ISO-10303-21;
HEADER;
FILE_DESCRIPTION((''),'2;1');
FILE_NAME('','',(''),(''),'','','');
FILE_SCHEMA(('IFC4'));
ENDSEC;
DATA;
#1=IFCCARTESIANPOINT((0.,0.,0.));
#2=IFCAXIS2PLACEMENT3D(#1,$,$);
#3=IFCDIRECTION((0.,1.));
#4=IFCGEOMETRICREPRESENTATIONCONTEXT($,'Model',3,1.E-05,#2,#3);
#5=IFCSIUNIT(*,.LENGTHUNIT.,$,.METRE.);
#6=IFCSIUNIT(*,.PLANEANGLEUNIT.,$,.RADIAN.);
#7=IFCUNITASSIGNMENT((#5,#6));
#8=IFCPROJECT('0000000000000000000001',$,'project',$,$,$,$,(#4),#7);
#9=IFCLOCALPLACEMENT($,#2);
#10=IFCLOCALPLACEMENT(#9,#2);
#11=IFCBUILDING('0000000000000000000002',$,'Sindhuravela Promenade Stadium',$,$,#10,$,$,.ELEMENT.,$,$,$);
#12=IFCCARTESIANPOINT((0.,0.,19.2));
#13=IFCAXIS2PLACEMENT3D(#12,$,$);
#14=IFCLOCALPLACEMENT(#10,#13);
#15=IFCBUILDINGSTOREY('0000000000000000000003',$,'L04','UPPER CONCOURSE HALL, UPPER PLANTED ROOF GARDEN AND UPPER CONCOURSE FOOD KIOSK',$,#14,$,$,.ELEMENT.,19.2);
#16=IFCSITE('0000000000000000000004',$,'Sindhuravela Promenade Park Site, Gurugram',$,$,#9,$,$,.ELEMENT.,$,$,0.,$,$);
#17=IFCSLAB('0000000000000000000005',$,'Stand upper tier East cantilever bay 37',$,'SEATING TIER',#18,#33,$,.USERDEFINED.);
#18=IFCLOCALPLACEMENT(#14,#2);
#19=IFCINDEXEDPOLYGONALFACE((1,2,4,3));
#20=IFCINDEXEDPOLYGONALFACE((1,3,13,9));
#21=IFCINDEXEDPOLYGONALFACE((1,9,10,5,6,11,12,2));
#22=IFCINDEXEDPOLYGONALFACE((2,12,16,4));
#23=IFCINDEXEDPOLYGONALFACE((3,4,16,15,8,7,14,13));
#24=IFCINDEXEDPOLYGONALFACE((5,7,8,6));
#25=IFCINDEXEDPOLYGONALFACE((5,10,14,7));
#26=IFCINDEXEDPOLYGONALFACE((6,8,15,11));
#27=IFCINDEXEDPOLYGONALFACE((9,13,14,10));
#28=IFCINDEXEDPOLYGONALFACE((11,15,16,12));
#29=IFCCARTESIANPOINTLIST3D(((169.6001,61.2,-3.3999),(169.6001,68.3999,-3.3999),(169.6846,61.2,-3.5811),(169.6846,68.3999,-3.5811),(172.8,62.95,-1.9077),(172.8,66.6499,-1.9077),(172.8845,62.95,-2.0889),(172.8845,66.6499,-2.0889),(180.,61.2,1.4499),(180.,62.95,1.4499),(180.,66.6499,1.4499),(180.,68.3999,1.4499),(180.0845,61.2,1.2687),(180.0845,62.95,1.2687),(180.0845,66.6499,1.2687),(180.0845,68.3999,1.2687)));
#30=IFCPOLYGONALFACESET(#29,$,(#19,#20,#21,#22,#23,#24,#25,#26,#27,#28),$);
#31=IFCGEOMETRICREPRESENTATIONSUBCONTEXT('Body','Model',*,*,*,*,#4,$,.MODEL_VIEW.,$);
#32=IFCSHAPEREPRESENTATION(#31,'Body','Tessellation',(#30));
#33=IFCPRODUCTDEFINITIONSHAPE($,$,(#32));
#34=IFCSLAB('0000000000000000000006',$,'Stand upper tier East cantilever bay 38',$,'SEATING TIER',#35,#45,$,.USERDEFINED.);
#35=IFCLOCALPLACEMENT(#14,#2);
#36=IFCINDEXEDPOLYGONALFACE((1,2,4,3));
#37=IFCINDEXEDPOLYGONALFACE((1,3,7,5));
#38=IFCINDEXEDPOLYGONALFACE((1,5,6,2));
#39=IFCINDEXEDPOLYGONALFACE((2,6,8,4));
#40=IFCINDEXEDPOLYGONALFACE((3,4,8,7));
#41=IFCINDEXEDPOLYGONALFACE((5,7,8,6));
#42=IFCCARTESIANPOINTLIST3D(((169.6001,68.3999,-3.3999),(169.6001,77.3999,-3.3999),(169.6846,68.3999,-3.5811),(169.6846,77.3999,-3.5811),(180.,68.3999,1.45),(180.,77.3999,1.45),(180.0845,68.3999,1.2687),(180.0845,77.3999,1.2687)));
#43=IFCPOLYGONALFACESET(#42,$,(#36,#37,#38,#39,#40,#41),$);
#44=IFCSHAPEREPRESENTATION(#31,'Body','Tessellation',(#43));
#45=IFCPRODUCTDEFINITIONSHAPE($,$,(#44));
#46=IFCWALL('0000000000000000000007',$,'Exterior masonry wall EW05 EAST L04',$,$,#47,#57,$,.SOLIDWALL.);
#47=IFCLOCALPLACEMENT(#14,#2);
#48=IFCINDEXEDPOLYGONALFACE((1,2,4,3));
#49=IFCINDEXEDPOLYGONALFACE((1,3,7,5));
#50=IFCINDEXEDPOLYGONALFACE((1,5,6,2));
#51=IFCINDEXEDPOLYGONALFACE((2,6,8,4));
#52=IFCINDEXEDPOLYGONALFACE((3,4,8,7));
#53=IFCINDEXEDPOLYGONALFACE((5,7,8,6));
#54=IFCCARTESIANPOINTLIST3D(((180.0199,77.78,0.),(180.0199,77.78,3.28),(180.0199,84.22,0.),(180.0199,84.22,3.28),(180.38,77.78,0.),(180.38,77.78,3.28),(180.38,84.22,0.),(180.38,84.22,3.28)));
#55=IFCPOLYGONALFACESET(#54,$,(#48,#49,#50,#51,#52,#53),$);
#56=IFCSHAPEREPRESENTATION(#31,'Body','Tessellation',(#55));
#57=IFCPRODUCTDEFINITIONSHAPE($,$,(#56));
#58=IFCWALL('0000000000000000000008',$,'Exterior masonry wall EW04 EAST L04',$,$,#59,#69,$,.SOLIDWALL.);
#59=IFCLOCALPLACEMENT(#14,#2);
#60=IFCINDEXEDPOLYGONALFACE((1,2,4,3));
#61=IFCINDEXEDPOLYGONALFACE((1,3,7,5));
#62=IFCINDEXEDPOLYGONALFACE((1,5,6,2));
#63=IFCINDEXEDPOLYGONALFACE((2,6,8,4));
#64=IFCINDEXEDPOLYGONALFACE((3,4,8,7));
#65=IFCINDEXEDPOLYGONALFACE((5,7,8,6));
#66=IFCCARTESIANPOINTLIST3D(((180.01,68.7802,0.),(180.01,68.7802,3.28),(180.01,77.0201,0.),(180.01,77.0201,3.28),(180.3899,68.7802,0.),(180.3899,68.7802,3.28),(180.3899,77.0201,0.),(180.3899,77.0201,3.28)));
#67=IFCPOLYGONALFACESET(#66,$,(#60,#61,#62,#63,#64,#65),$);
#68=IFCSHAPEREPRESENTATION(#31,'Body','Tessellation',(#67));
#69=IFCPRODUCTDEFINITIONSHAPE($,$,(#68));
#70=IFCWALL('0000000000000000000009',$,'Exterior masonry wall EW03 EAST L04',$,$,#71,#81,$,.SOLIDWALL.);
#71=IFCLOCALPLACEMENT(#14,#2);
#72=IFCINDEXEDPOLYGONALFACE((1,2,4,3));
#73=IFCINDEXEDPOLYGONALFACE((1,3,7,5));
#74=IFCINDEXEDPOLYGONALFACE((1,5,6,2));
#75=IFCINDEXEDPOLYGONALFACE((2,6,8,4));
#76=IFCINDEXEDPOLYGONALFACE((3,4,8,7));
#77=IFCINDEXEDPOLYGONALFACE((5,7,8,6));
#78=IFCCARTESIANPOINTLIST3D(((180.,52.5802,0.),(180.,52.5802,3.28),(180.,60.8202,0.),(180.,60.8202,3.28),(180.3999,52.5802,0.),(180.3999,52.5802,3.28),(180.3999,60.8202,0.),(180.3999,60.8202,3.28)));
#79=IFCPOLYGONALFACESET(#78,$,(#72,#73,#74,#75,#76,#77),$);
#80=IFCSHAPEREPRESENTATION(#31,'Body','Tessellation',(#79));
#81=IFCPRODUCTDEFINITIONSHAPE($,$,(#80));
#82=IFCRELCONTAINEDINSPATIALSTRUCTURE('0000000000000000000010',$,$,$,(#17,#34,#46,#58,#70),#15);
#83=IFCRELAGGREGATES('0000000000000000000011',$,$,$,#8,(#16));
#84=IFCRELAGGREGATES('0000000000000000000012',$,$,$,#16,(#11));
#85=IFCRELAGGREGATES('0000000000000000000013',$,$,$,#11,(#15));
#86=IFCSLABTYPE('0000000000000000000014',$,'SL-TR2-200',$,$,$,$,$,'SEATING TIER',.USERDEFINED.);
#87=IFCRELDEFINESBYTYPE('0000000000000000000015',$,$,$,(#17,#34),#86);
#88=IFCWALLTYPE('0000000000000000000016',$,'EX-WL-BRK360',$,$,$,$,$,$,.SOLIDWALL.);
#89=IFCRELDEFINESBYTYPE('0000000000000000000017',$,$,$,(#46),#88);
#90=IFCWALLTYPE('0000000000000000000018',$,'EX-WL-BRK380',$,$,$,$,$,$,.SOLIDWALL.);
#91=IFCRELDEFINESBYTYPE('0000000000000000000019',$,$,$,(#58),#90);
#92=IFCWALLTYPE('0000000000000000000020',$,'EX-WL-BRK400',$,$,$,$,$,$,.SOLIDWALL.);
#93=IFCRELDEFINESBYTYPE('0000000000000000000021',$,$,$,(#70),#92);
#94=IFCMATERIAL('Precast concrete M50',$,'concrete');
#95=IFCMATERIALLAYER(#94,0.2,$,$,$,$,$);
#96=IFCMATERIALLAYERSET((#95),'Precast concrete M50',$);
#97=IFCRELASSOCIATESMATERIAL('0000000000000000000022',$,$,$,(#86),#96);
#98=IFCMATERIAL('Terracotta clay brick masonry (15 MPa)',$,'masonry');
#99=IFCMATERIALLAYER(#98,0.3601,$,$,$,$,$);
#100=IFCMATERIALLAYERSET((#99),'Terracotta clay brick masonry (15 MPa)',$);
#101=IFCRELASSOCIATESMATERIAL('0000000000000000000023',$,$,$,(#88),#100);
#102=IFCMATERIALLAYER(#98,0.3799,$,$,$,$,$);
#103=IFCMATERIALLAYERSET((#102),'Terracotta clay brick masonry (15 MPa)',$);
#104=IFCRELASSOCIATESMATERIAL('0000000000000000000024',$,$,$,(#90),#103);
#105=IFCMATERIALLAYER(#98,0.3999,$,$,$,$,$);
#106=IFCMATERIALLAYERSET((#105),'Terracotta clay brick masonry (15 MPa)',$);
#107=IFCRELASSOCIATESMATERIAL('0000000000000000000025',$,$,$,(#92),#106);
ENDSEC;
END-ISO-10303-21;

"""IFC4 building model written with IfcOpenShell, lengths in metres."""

from ifc_helpers import new_model, si_unit, direction, frame, frame_2d, origin, place, context, subcontext, project, spatial, polyline, rectangle, outline, extrude, material, layer, layer_set, type_object, element, save


model = new_model("IFC4")

# Units and contexts
model_context = context("Model", 3, precision=1e-05, world=origin(), true_north=direction((0.0, 1.0)))
body_context = subcontext(model_context, "Body", "Model", "MODEL_VIEW")
ifc_project = project(units=[si_unit("LENGTHUNIT", "METRE"), si_unit("PLANEANGLEUNIT", "RADIAN")], contexts=[model_context])

# Site, building, storey
site_placement = place(None, origin())
site = spatial("IfcSite", under=ifc_project, at=site_placement, Name="Sindhuravela Promenade Park Site, Gurugram", CompositionType="ELEMENT", RefElevation=0.0)
building_placement = place(site_placement, origin())
building = spatial("IfcBuilding", under=site, at=building_placement, Name="Sindhuravela Promenade Stadium", CompositionType="ELEMENT")
storey_placement = place(building_placement, frame((0.0, 0.0, 19.2)))
storey = spatial("IfcBuildingStorey", under=building, at=storey_placement, Name="L04", Description="UPPER CONCOURSE HALL, UPPER PLANTED ROOF GARDEN AND UPPER CONCOURSE FOOD KIOSK", CompositionType="ELEMENT", Elevation=19.2)

# Slabs
ifc_material_1 = material(Name="Precast concrete M50", Category="concrete")
ifc_layer_1 = layer(ifc_material_1, 0.2)
ifc_layer_set_1 = layer_set([ifc_layer_1], Name="Precast concrete M50")
slab_type_1 = type_object("IfcSlabType", Name="SL-TR2-200", ElementType="SEATING TIER", PredefinedType="USERDEFINED", material=ifc_layer_set_1)
slab_1_placement = place(storey_placement, frame((169.6001, 68.3999, -3.3999), z_axis=(-0.422636, 0.0, 0.9063), x_axis=(0.0, -1.0, 0.0)))
element("IfcSlab", 1, at=slab_1_placement, inside=storey, type_object=slab_type_1, Name="Stand upper tier East cantilever bay 37", ObjectType="SEATING TIER", PredefinedType="USERDEFINED", context=body_context, shape_type="SweptSolid", body=[
    extrude(outline(polyline([(0.0, 0.0), (7.2, 0.0), (7.2, 11.4751), (5.45, 11.4751), (5.45, 3.5308), (1.75, 3.5308), (1.75, 11.4751), (0.0, 11.4751), (0.0, 0.0)])), origin(), (0.0, 0.0, -1.0), 0.2),
])
slab_2_placement = place(storey_placement, frame((169.6001, 77.3999, -3.3999), z_axis=(-0.42264, 0.0, 0.906298), x_axis=(0.0, -1.0, 0.0)))
element("IfcSlab", 2, at=slab_2_placement, inside=storey, type_object=slab_type_1, Name="Stand upper tier East cantilever bay 38", ObjectType="SEATING TIER", PredefinedType="USERDEFINED", context=body_context, shape_type="SweptSolid", body=[
    extrude(outline(polyline([(0.0, 0.0), (9.0, 0.0), (9.0, 11.4751), (0.0, 11.4751), (0.0, 0.0)])), origin(), (0.0, 0.0, -1.0), 0.2),
])

# Walls
ifc_material_2 = material(Name="Terracotta clay brick masonry (15 MPa)", Category="masonry")
ifc_layer_2 = layer(ifc_material_2, 0.3601)
ifc_layer_set_2 = layer_set([ifc_layer_2], Name="Terracotta clay brick masonry (15 MPa)")
wall_type_1 = type_object("IfcWallType", Name="EX-WL-BRK360", PredefinedType="SOLIDWALL", material=ifc_layer_set_2)
wall_1_placement = place(storey_placement, frame((180.2, 77.78, 0.0), z_axis=(0.0, 0.0, 1.0), x_axis=(0.0, 1.0, 0.0)))
element("IfcWall", 3, at=wall_1_placement, inside=storey, type_object=wall_type_1, Name="Exterior masonry wall EW05 EAST L04", PredefinedType="SOLIDWALL", context=body_context, shape_type="SweptSolid", body=[
    extrude(rectangle(XDim=6.4399, YDim=0.3601, at=frame_2d((3.22, 0.0))), origin(), (0.0, 0.0, 1.0), 3.28),
])
ifc_layer_3 = layer(ifc_material_2, 0.3799)
ifc_layer_set_3 = layer_set([ifc_layer_3], Name="Terracotta clay brick masonry (15 MPa)")
wall_type_2 = type_object("IfcWallType", Name="EX-WL-BRK380", PredefinedType="SOLIDWALL", material=ifc_layer_set_3)
wall_2_placement = place(storey_placement, frame((180.2, 68.78, 0.0), z_axis=(0.0, 0.0, 1.0), x_axis=(0.0, 1.0, 0.0)))
element("IfcWall", 4, at=wall_2_placement, inside=storey, type_object=wall_type_2, Name="Exterior masonry wall EW04 EAST L04", PredefinedType="SOLIDWALL", context=body_context, shape_type="SweptSolid", body=[
    extrude(rectangle(XDim=8.24, YDim=0.3799, at=frame_2d((4.1201, 0.0))), origin(), (0.0, 0.0, 1.0), 3.28),
])
ifc_layer_4 = layer(ifc_material_2, 0.3999)
ifc_layer_set_4 = layer_set([ifc_layer_4], Name="Terracotta clay brick masonry (15 MPa)")
wall_type_3 = type_object("IfcWallType", Name="EX-WL-BRK400", PredefinedType="SOLIDWALL", material=ifc_layer_set_4)
wall_3_placement = place(storey_placement, frame((180.2, 52.5801, 0.0), z_axis=(0.0, 0.0, 1.0), x_axis=(0.0, 1.0, 0.0)))
element("IfcWall", 5, at=wall_3_placement, inside=storey, type_object=wall_type_3, Name="Exterior masonry wall EW03 EAST L04", PredefinedType="SOLIDWALL", context=body_context, shape_type="SweptSolid", body=[
    extrude(rectangle(XDim=8.24, YDim=0.3999, at=frame_2d((4.1201, 0.0))), origin(), (0.0, 0.0, 1.0), 3.28),
])

save(model, "model.ifc")
